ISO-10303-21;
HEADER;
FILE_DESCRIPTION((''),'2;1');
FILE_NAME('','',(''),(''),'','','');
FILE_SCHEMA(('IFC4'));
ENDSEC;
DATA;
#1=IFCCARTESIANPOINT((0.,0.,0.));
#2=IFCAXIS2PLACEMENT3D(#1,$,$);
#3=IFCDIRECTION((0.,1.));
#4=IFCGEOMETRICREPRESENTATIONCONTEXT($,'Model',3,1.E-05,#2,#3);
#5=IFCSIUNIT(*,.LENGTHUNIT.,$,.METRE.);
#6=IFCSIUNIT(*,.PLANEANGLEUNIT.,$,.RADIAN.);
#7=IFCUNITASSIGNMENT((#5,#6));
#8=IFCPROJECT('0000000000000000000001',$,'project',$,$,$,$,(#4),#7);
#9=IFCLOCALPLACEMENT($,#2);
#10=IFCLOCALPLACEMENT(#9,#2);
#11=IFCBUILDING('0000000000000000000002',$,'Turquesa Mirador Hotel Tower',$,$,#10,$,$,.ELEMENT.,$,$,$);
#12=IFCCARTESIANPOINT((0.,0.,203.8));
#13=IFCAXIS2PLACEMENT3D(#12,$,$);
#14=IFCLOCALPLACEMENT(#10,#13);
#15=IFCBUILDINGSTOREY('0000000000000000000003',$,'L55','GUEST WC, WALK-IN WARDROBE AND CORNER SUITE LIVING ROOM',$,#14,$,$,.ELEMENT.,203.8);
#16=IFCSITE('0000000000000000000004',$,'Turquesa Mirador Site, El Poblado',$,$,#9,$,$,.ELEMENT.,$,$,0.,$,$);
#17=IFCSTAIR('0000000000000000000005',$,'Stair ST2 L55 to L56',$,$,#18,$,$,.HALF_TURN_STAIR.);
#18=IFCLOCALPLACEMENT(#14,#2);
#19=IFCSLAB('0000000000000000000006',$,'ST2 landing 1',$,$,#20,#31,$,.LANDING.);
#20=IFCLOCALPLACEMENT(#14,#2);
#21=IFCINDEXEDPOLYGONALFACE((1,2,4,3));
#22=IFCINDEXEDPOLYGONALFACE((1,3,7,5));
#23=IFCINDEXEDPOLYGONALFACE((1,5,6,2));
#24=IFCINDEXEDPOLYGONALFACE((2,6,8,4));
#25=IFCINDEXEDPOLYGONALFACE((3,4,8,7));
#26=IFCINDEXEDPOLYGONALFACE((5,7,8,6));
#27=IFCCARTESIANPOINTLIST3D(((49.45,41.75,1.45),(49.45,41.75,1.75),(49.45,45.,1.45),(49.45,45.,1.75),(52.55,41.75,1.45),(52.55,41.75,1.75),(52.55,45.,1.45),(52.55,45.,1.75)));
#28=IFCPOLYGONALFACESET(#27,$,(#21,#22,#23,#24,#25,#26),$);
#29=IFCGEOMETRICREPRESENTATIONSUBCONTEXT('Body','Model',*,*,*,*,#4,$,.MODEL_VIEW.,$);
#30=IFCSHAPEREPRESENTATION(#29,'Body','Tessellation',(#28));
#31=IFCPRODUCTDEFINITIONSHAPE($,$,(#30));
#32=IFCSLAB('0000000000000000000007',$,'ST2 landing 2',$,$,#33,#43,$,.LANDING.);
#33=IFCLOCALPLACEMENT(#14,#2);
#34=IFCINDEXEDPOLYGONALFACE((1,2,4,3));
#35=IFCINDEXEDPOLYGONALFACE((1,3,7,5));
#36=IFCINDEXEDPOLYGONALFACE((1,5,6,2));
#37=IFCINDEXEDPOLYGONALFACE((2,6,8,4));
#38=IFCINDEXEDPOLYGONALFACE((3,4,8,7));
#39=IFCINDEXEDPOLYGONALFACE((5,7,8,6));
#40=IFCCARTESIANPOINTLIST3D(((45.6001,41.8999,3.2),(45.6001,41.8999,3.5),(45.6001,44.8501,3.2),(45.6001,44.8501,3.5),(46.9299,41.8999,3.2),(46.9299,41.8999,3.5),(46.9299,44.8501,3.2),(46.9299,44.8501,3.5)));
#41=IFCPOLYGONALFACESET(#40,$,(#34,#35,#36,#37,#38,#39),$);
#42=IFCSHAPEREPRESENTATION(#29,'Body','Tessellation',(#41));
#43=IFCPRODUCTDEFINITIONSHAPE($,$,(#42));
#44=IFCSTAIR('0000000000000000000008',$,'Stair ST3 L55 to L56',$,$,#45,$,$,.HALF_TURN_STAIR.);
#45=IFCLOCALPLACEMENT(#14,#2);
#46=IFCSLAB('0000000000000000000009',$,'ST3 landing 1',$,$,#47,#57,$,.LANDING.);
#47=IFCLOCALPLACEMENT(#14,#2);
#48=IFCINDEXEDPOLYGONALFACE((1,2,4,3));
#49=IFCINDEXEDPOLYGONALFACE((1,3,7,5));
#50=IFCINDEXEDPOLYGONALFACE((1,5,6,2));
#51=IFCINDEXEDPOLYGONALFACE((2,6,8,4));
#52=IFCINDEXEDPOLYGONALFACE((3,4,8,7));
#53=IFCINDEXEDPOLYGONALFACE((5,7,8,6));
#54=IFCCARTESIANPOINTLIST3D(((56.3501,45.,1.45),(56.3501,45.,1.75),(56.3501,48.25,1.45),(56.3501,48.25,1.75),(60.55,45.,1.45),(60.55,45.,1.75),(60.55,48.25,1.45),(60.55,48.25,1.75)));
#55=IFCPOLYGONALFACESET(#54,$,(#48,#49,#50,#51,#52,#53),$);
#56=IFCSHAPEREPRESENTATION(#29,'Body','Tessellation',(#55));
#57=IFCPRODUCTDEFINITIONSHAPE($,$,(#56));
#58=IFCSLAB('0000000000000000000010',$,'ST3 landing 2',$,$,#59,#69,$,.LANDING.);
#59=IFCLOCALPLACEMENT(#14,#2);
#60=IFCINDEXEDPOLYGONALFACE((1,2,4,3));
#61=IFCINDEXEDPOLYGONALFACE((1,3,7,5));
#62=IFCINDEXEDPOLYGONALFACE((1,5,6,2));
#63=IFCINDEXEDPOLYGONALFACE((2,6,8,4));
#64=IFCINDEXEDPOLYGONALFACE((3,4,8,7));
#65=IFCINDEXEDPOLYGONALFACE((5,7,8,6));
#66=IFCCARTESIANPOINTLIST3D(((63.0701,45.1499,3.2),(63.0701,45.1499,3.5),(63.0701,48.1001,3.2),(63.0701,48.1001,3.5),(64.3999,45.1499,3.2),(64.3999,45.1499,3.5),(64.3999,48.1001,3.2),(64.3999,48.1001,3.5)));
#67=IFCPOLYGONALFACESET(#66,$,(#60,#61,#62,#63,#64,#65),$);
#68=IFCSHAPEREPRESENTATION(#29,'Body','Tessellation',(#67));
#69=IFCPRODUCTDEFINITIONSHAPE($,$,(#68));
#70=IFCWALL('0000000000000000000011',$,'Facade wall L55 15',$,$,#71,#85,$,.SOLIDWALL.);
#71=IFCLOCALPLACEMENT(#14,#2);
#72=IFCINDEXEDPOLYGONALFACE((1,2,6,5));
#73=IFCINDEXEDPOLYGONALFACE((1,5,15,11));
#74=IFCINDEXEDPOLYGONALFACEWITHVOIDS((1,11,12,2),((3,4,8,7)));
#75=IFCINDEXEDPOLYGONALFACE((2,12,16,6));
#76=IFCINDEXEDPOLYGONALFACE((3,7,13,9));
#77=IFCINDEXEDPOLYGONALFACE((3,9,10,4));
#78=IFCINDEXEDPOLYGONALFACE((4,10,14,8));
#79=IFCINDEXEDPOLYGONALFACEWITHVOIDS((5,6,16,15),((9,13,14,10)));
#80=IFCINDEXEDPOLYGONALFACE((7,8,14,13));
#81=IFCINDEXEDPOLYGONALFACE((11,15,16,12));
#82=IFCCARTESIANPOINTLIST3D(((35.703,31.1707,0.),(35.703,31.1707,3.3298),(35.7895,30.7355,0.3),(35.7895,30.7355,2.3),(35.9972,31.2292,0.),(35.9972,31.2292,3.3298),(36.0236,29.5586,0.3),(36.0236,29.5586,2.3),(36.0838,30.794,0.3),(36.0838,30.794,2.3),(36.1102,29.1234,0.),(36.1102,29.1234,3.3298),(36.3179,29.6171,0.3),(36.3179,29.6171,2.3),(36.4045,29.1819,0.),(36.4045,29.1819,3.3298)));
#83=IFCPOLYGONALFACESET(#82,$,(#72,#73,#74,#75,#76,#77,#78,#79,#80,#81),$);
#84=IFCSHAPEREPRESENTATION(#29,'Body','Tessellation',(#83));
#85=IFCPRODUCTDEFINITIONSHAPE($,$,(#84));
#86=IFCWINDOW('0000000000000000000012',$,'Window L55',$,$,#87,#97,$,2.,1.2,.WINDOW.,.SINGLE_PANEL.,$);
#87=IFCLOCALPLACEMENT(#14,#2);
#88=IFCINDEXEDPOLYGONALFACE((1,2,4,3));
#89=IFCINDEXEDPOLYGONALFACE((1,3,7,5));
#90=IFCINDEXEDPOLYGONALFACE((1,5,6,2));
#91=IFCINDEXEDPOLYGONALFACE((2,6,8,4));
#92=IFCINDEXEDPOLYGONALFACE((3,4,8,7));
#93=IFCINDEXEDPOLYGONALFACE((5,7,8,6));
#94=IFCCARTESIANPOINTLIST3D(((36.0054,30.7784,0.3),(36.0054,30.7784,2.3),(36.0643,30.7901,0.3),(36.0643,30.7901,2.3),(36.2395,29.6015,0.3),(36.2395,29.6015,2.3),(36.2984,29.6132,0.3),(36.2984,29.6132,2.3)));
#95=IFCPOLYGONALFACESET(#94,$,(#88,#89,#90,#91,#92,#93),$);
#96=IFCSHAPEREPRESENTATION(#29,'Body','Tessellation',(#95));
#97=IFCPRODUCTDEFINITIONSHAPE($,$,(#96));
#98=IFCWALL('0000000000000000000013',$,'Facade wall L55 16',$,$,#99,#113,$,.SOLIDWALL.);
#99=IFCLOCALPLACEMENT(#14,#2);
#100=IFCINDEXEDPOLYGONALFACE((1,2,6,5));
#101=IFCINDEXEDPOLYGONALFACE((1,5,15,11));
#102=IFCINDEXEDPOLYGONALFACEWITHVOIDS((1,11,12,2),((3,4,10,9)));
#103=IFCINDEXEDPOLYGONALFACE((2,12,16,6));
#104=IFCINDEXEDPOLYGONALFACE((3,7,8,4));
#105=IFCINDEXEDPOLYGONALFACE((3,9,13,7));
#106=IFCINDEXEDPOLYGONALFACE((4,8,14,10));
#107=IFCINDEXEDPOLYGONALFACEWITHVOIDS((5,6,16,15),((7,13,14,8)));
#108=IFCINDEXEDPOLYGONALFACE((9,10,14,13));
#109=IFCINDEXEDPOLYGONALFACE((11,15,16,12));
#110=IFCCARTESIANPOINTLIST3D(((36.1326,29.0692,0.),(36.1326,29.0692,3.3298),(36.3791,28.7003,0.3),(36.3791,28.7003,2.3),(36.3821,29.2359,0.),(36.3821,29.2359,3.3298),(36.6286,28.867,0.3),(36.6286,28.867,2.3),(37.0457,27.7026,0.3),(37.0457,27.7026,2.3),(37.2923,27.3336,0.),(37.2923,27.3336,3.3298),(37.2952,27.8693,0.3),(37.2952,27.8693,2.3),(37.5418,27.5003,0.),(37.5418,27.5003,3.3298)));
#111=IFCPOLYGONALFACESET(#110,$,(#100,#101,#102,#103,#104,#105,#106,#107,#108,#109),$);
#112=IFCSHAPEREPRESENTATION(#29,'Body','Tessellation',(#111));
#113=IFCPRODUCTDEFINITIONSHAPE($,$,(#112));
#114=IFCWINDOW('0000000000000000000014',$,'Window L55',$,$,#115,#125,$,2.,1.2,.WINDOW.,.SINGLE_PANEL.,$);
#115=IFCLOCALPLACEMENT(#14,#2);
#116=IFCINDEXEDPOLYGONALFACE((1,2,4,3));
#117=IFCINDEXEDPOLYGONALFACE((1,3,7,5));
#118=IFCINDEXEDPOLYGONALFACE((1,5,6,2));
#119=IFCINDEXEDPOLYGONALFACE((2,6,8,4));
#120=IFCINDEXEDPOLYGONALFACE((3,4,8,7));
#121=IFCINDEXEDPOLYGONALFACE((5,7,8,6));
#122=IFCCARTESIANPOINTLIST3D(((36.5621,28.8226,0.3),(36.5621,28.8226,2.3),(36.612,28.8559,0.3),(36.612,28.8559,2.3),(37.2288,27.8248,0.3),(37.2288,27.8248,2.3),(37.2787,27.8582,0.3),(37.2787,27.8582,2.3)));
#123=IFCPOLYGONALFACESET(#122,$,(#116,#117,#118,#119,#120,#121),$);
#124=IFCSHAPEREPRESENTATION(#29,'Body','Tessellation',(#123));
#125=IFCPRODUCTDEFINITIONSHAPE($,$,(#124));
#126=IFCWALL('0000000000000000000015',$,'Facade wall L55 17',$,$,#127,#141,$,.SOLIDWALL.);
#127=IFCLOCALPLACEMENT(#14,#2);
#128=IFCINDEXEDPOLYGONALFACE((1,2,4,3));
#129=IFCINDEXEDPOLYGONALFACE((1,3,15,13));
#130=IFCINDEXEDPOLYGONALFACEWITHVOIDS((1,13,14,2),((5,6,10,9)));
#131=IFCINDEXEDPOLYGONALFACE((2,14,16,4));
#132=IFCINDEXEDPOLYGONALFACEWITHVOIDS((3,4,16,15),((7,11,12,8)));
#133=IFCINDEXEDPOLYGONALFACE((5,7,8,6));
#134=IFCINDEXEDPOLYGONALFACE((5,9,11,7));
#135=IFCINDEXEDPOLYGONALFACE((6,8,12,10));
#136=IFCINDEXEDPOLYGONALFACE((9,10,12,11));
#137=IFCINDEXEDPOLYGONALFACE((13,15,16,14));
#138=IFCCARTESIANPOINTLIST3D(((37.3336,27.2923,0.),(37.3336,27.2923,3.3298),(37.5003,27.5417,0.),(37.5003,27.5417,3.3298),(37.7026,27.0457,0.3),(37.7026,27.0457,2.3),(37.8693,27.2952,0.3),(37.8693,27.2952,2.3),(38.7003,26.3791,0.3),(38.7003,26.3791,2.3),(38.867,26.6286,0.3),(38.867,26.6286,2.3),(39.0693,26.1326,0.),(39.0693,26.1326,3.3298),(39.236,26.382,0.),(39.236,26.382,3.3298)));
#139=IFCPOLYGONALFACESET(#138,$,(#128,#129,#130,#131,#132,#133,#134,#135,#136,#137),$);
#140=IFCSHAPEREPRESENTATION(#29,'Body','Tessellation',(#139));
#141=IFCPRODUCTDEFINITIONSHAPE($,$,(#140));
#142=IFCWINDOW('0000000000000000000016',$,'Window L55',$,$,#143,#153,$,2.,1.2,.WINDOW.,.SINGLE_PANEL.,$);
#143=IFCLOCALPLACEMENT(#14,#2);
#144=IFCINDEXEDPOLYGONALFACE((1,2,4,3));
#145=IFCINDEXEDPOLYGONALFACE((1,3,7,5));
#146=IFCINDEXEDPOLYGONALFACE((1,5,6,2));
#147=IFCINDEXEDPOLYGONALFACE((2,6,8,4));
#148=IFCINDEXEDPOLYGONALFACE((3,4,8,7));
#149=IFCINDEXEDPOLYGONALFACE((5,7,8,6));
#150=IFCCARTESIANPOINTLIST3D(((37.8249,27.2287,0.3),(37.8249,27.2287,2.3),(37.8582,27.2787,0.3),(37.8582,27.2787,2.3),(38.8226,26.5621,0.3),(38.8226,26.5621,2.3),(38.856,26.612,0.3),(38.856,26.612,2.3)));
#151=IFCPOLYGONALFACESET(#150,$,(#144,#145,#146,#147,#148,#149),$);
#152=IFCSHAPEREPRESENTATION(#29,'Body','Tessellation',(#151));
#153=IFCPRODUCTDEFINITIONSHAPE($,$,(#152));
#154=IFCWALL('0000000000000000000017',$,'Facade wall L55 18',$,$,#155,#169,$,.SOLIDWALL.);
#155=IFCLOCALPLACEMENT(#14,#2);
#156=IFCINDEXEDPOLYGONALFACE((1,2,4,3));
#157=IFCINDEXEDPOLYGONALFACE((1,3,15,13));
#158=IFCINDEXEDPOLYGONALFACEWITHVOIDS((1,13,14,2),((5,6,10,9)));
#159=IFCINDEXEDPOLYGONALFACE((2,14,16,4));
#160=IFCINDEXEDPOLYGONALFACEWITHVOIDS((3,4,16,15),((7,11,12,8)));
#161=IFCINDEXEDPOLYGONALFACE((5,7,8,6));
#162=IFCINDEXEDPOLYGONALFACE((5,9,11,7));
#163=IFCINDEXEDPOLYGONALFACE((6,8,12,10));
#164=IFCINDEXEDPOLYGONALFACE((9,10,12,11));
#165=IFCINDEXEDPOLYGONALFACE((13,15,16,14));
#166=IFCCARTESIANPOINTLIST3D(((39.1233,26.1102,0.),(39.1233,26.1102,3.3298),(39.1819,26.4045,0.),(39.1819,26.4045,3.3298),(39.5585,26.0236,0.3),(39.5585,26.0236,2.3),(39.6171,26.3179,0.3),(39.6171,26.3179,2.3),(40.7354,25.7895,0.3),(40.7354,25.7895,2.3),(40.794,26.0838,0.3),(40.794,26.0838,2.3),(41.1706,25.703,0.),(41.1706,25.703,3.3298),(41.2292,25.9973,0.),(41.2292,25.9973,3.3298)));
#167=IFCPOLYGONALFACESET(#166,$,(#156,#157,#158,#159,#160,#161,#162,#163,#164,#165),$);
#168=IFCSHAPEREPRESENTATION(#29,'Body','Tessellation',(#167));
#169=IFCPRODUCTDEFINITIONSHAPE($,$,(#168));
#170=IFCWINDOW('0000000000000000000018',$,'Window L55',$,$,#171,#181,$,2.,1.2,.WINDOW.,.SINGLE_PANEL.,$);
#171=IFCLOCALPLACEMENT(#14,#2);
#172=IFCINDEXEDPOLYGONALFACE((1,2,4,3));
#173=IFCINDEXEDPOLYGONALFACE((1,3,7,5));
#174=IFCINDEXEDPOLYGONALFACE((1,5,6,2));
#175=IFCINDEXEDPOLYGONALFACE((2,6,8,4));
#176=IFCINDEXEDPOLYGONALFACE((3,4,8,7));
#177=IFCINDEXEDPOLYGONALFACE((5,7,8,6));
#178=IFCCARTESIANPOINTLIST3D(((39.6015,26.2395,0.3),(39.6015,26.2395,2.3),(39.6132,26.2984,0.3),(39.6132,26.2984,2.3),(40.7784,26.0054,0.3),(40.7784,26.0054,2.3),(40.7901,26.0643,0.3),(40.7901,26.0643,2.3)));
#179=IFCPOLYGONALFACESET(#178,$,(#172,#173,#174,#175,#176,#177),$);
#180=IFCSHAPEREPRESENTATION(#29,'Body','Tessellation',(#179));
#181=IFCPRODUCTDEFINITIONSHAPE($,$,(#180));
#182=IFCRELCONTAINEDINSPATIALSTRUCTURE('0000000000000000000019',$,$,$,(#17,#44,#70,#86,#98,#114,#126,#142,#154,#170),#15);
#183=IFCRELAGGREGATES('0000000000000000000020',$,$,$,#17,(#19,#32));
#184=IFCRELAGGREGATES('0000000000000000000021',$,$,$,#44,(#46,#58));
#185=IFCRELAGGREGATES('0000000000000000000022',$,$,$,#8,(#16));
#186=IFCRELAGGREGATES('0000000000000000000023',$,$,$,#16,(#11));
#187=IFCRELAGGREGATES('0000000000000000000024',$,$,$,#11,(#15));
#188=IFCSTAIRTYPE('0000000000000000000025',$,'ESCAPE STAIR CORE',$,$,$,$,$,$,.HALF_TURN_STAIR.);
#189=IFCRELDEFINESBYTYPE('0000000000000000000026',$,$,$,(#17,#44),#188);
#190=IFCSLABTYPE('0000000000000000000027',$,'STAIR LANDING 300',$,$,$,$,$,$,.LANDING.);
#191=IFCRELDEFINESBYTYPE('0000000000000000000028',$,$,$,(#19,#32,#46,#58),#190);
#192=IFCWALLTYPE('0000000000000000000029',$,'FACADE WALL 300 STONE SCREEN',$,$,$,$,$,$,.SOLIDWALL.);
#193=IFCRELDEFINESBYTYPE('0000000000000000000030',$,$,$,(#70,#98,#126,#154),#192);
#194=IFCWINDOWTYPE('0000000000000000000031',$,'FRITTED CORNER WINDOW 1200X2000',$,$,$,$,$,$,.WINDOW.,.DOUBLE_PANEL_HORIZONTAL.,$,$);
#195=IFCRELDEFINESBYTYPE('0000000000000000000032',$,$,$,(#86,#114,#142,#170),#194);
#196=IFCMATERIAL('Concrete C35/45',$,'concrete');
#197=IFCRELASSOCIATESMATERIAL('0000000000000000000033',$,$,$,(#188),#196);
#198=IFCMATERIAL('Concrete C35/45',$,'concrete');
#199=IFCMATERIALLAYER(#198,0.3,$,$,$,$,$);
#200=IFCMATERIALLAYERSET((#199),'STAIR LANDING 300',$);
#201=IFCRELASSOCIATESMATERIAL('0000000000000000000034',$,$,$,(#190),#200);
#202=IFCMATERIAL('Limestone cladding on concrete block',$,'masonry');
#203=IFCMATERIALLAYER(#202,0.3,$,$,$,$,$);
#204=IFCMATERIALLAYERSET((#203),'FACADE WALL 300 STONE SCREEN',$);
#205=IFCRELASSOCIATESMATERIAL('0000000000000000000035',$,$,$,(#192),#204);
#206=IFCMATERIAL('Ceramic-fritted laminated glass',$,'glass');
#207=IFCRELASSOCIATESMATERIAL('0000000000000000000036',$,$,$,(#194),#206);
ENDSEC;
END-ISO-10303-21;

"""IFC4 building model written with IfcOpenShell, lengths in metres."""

from ifc_helpers import new_model, si_unit, direction, frame, frame_2d, origin, place, context, subcontext, project, spatial, polyline, rectangle, outline, extrude, material, layer, layer_set, type_object, element, fill, aggregate, save


model = new_model("IFC4")

# Units and contexts
model_context = context("Model", 3, precision=1e-05, world=origin(), true_north=direction((0.0, 1.0)))
body_context = subcontext(model_context, "Body", "Model", "MODEL_VIEW")
ifc_project = project(units=[si_unit("LENGTHUNIT", "METRE"), si_unit("PLANEANGLEUNIT", "RADIAN")], contexts=[model_context])

# Site, building, storey
site_placement = place(None, origin())
site = spatial("IfcSite", under=ifc_project, at=site_placement, Name="Turquesa Mirador Site, El Poblado", CompositionType="ELEMENT", RefElevation=0.0)
building_placement = place(site_placement, origin())
building = spatial("IfcBuilding", under=site, at=building_placement, Name="Turquesa Mirador Hotel Tower", CompositionType="ELEMENT")
storey_placement = place(building_placement, frame((0.0, 0.0, 203.8)))
storey = spatial("IfcBuildingStorey", under=building, at=storey_placement, Name="L55", Description="GUEST WC, WALK-IN WARDROBE AND CORNER SUITE LIVING ROOM", CompositionType="ELEMENT", Elevation=203.8)

# Stairs, slabs
ifc_material_1 = material(Name="Concrete C35/45", Category="concrete")
stair_type = type_object("IfcStairType", Name="ESCAPE STAIR CORE", PredefinedType="HALF_TURN_STAIR", material=ifc_material_1)
ifc_material_2 = material(Name="Concrete C35/45", Category="concrete")
ifc_layer_1 = layer(ifc_material_2, 0.3)
ifc_layer_set_1 = layer_set([ifc_layer_1], Name="STAIR LANDING 300")
slab_type_1 = type_object("IfcSlabType", Name="STAIR LANDING 300", PredefinedType="LANDING", material=ifc_layer_set_1)
stair_1_placement = place(storey_placement, origin())
stair_1 = element("IfcStair", 1, at=stair_1_placement, inside=storey, type_object=stair_type, Name="Stair ST2 L55 to L56", PredefinedType="HALF_TURN_STAIR")
slab_1_placement = place(storey_placement, frame((0.0, 0.0, 1.45)))
slab_1 = element("IfcSlab", 2, at=slab_1_placement, type_object=slab_type_1, Name="ST2 landing 1", PredefinedType="LANDING", context=body_context, shape_type="SweptSolid", body=[
    extrude(outline(polyline([(52.55, 45.0), (49.45, 45.0), (49.45, 41.75), (52.55, 41.75), (52.55, 45.0)])), origin(), (0.0, 0.0, 1.0), 0.3),
])
slab_2_placement = place(storey_placement, frame((0.0, 0.0, 3.2)))
slab_2 = element("IfcSlab", 3, at=slab_2_placement, type_object=slab_type_1, Name="ST2 landing 2", PredefinedType="LANDING", context=body_context, shape_type="SweptSolid", body=[
    extrude(outline(polyline([(46.9299, 44.8501), (45.6001, 44.8501), (45.6001, 41.8999), (46.9299, 41.8999), (46.9299, 44.8501)])), origin(), (0.0, 0.0, 1.0), 0.3),
])
aggregate(stair_1, [slab_1, slab_2])
stair_2_placement = place(storey_placement, origin())
stair_2 = element("IfcStair", 4, at=stair_2_placement, inside=storey, type_object=stair_type, Name="Stair ST3 L55 to L56", PredefinedType="HALF_TURN_STAIR")
slab_3_placement = place(storey_placement, frame((0.0, 0.0, 1.45)))
slab_3 = element("IfcSlab", 5, at=slab_3_placement, type_object=slab_type_1, Name="ST3 landing 1", PredefinedType="LANDING", context=body_context, shape_type="SweptSolid", body=[
    extrude(outline(polyline([(56.3501, 45.0), (60.55, 45.0), (60.55, 48.25), (56.3501, 48.25), (56.3501, 45.0)])), origin(), (0.0, 0.0, 1.0), 0.3),
])
slab_4_placement = place(storey_placement, frame((0.0, 0.0, 3.2)))
slab_4 = element("IfcSlab", 6, at=slab_4_placement, type_object=slab_type_1, Name="ST3 landing 2", PredefinedType="LANDING", context=body_context, shape_type="SweptSolid", body=[
    extrude(outline(polyline([(63.0701, 45.1499), (64.3999, 45.1499), (64.3999, 48.1001), (63.0701, 48.1001), (63.0701, 45.1499)])), origin(), (0.0, 0.0, 1.0), 0.3),
])
aggregate(stair_2, [slab_3, slab_4])

# Walls, openings, windows
ifc_material_3 = material(Name="Limestone cladding on concrete block", Category="masonry")
ifc_layer_2 = layer(ifc_material_3, 0.3)
ifc_layer_set_2 = layer_set([ifc_layer_2], Name="FACADE WALL 300 STONE SCREEN")
wall_type_1 = type_object("IfcWallType", Name="FACADE WALL 300 STONE SCREEN", PredefinedType="SOLIDWALL", material=ifc_layer_set_2)
wall_1_placement = place(storey_placement, frame((35.8501, 31.2, 0.0), z_axis=(0.0, 0.0, 1.0), x_axis=(0.195081, -0.980787, 0.0)))
wall_1 = element("IfcWall", 7, at=wall_1_placement, inside=storey, type_object=wall_type_1, Name="Facade wall L55 15", PredefinedType="SOLIDWALL", context=body_context, shape_type="SweptSolid", body=[
    extrude(rectangle(XDim=2.0874, YDim=0.3, at=frame_2d((1.0437, 0.0))), origin(), (0.0, 0.0, 1.0), 3.3298),
])
opening_1_placement = place(wall_1_placement, frame((0.4436, 0.0, 0.3)))
opening_1 = element("IfcOpeningElement", 8, at=opening_1_placement, cuts=wall_1, PredefinedType="OPENING", context=body_context, shape_type="SweptSolid", body=[
    extrude(rectangle(XDim=1.2, YDim=2.0, at=frame_2d((0.6001, 1.0))), frame((0.0, 0.1599, 0.0), z_axis=(0.0, -1.0, 0.0), x_axis=(1.0, 0.0, 0.0)), (0.0, 0.0, 1.0), 0.3201),
])
ifc_material_4 = material(Name="Ceramic-fritted laminated glass", Category="glass")
window_type_1 = type_object("IfcWindowType", Name="FRITTED CORNER WINDOW 1200X2000", PartitioningType="DOUBLE_PANEL_HORIZONTAL", PredefinedType="WINDOW", material=ifc_material_4)
window_1_placement = place(opening_1_placement, origin())
window_1 = element("IfcWindow", 9, at=window_1_placement, inside=storey, type_object=window_type_1, Name="Window L55", OverallHeight=2.0, OverallWidth=1.2, PartitioningType="SINGLE_PANEL", PredefinedType="WINDOW", context=body_context, shape_type="SweptSolid", body=[
    extrude(rectangle(XDim=1.2, YDim=2.0, at=frame_2d((0.6001, 1.0))), frame((0.0, 0.1301, 0.0), z_axis=(0.0, -1.0, 0.0), x_axis=(1.0, 0.0, 0.0)), (0.0, 0.0, 1.0), 0.0601),
])
fill(opening_1, window_1)
wall_2_placement = place(storey_placement, frame((36.2573, 29.1526, 0.0), z_axis=(0.0, 0.0, 1.0), x_axis=(0.555564, -0.831474, 0.0)))
wall_2 = element("IfcWall", 10, at=wall_2_placement, inside=storey, type_object=wall_type_1, Name="Facade wall L55 16", PredefinedType="SOLIDWALL", context=body_context, shape_type="SweptSolid", body=[
    extrude(rectangle(XDim=2.0874, YDim=0.3, at=frame_2d((1.0437, 0.0))), origin(), (0.0, 0.0, 1.0), 3.3298),
])
opening_2_placement = place(wall_2_placement, frame((0.4436, 0.0, 0.3)))
opening_2 = element("IfcOpeningElement", 11, at=opening_2_placement, cuts=wall_2, PredefinedType="OPENING", context=body_context, shape_type="SweptSolid", body=[
    extrude(rectangle(XDim=1.2, YDim=2.0, at=frame_2d((0.6001, 1.0))), frame((0.0, 0.1599, 0.0), z_axis=(0.0, -1.0, 0.0), x_axis=(1.0, 0.0, 0.0)), (0.0, 0.0, 1.0), 0.3201),
])
window_2_placement = place(opening_2_placement, origin())
window_2 = element("IfcWindow", 12, at=window_2_placement, inside=storey, type_object=window_type_1, Name="Window L55", OverallHeight=2.0, OverallWidth=1.2, PartitioningType="SINGLE_PANEL", PredefinedType="WINDOW", context=body_context, shape_type="SweptSolid", body=[
    extrude(rectangle(XDim=1.2, YDim=2.0, at=frame_2d((0.6001, 1.0))), frame((0.0, 0.1301, 0.0), z_axis=(0.0, -1.0, 0.0), x_axis=(1.0, 0.0, 0.0)), (0.0, 0.0, 1.0), 0.0601),
])
fill(opening_2, window_2)
wall_3_placement = place(storey_placement, frame((37.417, 27.417, 0.0), z_axis=(0.0, 0.0, 1.0), x_axis=(0.831474, -0.555564, 0.0)))
wall_3 = element("IfcWall", 13, at=wall_3_placement, inside=storey, type_object=wall_type_1, Name="Facade wall L55 17", PredefinedType="SOLIDWALL", context=body_context, shape_type="SweptSolid", body=[
    extrude(rectangle(XDim=2.0874, YDim=0.3, at=frame_2d((1.0437, 0.0))), origin(), (0.0, 0.0, 1.0), 3.3298),
])
opening_3_placement = place(wall_3_placement, frame((0.4436, 0.0, 0.3)))
opening_3 = element("IfcOpeningElement", 14, at=opening_3_placement, cuts=wall_3, PredefinedType="OPENING", context=body_context, shape_type="SweptSolid", body=[
    extrude(rectangle(XDim=1.2, YDim=2.0, at=frame_2d((0.6001, 1.0))), frame((0.0, 0.1599, 0.0), z_axis=(0.0, -1.0, 0.0), x_axis=(1.0, 0.0, 0.0)), (0.0, 0.0, 1.0), 0.3201),
])
window_3_placement = place(opening_3_placement, origin())
window_3 = element("IfcWindow", 15, at=window_3_placement, inside=storey, type_object=window_type_1, Name="Window L55", OverallHeight=2.0, OverallWidth=1.2, PartitioningType="SINGLE_PANEL", PredefinedType="WINDOW", context=body_context, shape_type="SweptSolid", body=[
    extrude(rectangle(XDim=1.2, YDim=2.0, at=frame_2d((0.6001, 1.0))), frame((0.0, 0.1301, 0.0), z_axis=(0.0, -1.0, 0.0), x_axis=(1.0, 0.0, 0.0)), (0.0, 0.0, 1.0), 0.0601),
])
fill(opening_3, window_3)
wall_4_placement = place(storey_placement, frame((39.1526, 26.2573, 0.0), z_axis=(0.0, 0.0, 1.0), x_axis=(0.980787, -0.195081, 0.0)))
wall_4 = element("IfcWall", 16, at=wall_4_placement, inside=storey, type_object=wall_type_1, Name="Facade wall L55 18", PredefinedType="SOLIDWALL", context=body_context, shape_type="SweptSolid", body=[
    extrude(rectangle(XDim=2.0874, YDim=0.3, at=frame_2d((1.0437, 0.0))), origin(), (0.0, 0.0, 1.0), 3.3298),
])
opening_4_placement = place(wall_4_placement, frame((0.4436, 0.0, 0.3)))
opening_4 = element("IfcOpeningElement", 17, at=opening_4_placement, cuts=wall_4, PredefinedType="OPENING", context=body_context, shape_type="SweptSolid", body=[
    extrude(rectangle(XDim=1.2, YDim=2.0, at=frame_2d((0.6001, 1.0))), frame((0.0, 0.1599, 0.0), z_axis=(0.0, -1.0, 0.0), x_axis=(1.0, 0.0, 0.0)), (0.0, 0.0, 1.0), 0.3201),
])
window_4_placement = place(opening_4_placement, origin())
window_4 = element("IfcWindow", 18, at=window_4_placement, inside=storey, type_object=window_type_1, Name="Window L55", OverallHeight=2.0, OverallWidth=1.2, PartitioningType="SINGLE_PANEL", PredefinedType="WINDOW", context=body_context, shape_type="SweptSolid", body=[
    extrude(rectangle(XDim=1.2, YDim=2.0, at=frame_2d((0.6001, 1.0))), frame((0.0, 0.1301, 0.0), z_axis=(0.0, -1.0, 0.0), x_axis=(1.0, 0.0, 0.0)), (0.0, 0.0, 1.0), 0.0601),
])
fill(opening_4, window_4)

save(model, "model.ifc")
